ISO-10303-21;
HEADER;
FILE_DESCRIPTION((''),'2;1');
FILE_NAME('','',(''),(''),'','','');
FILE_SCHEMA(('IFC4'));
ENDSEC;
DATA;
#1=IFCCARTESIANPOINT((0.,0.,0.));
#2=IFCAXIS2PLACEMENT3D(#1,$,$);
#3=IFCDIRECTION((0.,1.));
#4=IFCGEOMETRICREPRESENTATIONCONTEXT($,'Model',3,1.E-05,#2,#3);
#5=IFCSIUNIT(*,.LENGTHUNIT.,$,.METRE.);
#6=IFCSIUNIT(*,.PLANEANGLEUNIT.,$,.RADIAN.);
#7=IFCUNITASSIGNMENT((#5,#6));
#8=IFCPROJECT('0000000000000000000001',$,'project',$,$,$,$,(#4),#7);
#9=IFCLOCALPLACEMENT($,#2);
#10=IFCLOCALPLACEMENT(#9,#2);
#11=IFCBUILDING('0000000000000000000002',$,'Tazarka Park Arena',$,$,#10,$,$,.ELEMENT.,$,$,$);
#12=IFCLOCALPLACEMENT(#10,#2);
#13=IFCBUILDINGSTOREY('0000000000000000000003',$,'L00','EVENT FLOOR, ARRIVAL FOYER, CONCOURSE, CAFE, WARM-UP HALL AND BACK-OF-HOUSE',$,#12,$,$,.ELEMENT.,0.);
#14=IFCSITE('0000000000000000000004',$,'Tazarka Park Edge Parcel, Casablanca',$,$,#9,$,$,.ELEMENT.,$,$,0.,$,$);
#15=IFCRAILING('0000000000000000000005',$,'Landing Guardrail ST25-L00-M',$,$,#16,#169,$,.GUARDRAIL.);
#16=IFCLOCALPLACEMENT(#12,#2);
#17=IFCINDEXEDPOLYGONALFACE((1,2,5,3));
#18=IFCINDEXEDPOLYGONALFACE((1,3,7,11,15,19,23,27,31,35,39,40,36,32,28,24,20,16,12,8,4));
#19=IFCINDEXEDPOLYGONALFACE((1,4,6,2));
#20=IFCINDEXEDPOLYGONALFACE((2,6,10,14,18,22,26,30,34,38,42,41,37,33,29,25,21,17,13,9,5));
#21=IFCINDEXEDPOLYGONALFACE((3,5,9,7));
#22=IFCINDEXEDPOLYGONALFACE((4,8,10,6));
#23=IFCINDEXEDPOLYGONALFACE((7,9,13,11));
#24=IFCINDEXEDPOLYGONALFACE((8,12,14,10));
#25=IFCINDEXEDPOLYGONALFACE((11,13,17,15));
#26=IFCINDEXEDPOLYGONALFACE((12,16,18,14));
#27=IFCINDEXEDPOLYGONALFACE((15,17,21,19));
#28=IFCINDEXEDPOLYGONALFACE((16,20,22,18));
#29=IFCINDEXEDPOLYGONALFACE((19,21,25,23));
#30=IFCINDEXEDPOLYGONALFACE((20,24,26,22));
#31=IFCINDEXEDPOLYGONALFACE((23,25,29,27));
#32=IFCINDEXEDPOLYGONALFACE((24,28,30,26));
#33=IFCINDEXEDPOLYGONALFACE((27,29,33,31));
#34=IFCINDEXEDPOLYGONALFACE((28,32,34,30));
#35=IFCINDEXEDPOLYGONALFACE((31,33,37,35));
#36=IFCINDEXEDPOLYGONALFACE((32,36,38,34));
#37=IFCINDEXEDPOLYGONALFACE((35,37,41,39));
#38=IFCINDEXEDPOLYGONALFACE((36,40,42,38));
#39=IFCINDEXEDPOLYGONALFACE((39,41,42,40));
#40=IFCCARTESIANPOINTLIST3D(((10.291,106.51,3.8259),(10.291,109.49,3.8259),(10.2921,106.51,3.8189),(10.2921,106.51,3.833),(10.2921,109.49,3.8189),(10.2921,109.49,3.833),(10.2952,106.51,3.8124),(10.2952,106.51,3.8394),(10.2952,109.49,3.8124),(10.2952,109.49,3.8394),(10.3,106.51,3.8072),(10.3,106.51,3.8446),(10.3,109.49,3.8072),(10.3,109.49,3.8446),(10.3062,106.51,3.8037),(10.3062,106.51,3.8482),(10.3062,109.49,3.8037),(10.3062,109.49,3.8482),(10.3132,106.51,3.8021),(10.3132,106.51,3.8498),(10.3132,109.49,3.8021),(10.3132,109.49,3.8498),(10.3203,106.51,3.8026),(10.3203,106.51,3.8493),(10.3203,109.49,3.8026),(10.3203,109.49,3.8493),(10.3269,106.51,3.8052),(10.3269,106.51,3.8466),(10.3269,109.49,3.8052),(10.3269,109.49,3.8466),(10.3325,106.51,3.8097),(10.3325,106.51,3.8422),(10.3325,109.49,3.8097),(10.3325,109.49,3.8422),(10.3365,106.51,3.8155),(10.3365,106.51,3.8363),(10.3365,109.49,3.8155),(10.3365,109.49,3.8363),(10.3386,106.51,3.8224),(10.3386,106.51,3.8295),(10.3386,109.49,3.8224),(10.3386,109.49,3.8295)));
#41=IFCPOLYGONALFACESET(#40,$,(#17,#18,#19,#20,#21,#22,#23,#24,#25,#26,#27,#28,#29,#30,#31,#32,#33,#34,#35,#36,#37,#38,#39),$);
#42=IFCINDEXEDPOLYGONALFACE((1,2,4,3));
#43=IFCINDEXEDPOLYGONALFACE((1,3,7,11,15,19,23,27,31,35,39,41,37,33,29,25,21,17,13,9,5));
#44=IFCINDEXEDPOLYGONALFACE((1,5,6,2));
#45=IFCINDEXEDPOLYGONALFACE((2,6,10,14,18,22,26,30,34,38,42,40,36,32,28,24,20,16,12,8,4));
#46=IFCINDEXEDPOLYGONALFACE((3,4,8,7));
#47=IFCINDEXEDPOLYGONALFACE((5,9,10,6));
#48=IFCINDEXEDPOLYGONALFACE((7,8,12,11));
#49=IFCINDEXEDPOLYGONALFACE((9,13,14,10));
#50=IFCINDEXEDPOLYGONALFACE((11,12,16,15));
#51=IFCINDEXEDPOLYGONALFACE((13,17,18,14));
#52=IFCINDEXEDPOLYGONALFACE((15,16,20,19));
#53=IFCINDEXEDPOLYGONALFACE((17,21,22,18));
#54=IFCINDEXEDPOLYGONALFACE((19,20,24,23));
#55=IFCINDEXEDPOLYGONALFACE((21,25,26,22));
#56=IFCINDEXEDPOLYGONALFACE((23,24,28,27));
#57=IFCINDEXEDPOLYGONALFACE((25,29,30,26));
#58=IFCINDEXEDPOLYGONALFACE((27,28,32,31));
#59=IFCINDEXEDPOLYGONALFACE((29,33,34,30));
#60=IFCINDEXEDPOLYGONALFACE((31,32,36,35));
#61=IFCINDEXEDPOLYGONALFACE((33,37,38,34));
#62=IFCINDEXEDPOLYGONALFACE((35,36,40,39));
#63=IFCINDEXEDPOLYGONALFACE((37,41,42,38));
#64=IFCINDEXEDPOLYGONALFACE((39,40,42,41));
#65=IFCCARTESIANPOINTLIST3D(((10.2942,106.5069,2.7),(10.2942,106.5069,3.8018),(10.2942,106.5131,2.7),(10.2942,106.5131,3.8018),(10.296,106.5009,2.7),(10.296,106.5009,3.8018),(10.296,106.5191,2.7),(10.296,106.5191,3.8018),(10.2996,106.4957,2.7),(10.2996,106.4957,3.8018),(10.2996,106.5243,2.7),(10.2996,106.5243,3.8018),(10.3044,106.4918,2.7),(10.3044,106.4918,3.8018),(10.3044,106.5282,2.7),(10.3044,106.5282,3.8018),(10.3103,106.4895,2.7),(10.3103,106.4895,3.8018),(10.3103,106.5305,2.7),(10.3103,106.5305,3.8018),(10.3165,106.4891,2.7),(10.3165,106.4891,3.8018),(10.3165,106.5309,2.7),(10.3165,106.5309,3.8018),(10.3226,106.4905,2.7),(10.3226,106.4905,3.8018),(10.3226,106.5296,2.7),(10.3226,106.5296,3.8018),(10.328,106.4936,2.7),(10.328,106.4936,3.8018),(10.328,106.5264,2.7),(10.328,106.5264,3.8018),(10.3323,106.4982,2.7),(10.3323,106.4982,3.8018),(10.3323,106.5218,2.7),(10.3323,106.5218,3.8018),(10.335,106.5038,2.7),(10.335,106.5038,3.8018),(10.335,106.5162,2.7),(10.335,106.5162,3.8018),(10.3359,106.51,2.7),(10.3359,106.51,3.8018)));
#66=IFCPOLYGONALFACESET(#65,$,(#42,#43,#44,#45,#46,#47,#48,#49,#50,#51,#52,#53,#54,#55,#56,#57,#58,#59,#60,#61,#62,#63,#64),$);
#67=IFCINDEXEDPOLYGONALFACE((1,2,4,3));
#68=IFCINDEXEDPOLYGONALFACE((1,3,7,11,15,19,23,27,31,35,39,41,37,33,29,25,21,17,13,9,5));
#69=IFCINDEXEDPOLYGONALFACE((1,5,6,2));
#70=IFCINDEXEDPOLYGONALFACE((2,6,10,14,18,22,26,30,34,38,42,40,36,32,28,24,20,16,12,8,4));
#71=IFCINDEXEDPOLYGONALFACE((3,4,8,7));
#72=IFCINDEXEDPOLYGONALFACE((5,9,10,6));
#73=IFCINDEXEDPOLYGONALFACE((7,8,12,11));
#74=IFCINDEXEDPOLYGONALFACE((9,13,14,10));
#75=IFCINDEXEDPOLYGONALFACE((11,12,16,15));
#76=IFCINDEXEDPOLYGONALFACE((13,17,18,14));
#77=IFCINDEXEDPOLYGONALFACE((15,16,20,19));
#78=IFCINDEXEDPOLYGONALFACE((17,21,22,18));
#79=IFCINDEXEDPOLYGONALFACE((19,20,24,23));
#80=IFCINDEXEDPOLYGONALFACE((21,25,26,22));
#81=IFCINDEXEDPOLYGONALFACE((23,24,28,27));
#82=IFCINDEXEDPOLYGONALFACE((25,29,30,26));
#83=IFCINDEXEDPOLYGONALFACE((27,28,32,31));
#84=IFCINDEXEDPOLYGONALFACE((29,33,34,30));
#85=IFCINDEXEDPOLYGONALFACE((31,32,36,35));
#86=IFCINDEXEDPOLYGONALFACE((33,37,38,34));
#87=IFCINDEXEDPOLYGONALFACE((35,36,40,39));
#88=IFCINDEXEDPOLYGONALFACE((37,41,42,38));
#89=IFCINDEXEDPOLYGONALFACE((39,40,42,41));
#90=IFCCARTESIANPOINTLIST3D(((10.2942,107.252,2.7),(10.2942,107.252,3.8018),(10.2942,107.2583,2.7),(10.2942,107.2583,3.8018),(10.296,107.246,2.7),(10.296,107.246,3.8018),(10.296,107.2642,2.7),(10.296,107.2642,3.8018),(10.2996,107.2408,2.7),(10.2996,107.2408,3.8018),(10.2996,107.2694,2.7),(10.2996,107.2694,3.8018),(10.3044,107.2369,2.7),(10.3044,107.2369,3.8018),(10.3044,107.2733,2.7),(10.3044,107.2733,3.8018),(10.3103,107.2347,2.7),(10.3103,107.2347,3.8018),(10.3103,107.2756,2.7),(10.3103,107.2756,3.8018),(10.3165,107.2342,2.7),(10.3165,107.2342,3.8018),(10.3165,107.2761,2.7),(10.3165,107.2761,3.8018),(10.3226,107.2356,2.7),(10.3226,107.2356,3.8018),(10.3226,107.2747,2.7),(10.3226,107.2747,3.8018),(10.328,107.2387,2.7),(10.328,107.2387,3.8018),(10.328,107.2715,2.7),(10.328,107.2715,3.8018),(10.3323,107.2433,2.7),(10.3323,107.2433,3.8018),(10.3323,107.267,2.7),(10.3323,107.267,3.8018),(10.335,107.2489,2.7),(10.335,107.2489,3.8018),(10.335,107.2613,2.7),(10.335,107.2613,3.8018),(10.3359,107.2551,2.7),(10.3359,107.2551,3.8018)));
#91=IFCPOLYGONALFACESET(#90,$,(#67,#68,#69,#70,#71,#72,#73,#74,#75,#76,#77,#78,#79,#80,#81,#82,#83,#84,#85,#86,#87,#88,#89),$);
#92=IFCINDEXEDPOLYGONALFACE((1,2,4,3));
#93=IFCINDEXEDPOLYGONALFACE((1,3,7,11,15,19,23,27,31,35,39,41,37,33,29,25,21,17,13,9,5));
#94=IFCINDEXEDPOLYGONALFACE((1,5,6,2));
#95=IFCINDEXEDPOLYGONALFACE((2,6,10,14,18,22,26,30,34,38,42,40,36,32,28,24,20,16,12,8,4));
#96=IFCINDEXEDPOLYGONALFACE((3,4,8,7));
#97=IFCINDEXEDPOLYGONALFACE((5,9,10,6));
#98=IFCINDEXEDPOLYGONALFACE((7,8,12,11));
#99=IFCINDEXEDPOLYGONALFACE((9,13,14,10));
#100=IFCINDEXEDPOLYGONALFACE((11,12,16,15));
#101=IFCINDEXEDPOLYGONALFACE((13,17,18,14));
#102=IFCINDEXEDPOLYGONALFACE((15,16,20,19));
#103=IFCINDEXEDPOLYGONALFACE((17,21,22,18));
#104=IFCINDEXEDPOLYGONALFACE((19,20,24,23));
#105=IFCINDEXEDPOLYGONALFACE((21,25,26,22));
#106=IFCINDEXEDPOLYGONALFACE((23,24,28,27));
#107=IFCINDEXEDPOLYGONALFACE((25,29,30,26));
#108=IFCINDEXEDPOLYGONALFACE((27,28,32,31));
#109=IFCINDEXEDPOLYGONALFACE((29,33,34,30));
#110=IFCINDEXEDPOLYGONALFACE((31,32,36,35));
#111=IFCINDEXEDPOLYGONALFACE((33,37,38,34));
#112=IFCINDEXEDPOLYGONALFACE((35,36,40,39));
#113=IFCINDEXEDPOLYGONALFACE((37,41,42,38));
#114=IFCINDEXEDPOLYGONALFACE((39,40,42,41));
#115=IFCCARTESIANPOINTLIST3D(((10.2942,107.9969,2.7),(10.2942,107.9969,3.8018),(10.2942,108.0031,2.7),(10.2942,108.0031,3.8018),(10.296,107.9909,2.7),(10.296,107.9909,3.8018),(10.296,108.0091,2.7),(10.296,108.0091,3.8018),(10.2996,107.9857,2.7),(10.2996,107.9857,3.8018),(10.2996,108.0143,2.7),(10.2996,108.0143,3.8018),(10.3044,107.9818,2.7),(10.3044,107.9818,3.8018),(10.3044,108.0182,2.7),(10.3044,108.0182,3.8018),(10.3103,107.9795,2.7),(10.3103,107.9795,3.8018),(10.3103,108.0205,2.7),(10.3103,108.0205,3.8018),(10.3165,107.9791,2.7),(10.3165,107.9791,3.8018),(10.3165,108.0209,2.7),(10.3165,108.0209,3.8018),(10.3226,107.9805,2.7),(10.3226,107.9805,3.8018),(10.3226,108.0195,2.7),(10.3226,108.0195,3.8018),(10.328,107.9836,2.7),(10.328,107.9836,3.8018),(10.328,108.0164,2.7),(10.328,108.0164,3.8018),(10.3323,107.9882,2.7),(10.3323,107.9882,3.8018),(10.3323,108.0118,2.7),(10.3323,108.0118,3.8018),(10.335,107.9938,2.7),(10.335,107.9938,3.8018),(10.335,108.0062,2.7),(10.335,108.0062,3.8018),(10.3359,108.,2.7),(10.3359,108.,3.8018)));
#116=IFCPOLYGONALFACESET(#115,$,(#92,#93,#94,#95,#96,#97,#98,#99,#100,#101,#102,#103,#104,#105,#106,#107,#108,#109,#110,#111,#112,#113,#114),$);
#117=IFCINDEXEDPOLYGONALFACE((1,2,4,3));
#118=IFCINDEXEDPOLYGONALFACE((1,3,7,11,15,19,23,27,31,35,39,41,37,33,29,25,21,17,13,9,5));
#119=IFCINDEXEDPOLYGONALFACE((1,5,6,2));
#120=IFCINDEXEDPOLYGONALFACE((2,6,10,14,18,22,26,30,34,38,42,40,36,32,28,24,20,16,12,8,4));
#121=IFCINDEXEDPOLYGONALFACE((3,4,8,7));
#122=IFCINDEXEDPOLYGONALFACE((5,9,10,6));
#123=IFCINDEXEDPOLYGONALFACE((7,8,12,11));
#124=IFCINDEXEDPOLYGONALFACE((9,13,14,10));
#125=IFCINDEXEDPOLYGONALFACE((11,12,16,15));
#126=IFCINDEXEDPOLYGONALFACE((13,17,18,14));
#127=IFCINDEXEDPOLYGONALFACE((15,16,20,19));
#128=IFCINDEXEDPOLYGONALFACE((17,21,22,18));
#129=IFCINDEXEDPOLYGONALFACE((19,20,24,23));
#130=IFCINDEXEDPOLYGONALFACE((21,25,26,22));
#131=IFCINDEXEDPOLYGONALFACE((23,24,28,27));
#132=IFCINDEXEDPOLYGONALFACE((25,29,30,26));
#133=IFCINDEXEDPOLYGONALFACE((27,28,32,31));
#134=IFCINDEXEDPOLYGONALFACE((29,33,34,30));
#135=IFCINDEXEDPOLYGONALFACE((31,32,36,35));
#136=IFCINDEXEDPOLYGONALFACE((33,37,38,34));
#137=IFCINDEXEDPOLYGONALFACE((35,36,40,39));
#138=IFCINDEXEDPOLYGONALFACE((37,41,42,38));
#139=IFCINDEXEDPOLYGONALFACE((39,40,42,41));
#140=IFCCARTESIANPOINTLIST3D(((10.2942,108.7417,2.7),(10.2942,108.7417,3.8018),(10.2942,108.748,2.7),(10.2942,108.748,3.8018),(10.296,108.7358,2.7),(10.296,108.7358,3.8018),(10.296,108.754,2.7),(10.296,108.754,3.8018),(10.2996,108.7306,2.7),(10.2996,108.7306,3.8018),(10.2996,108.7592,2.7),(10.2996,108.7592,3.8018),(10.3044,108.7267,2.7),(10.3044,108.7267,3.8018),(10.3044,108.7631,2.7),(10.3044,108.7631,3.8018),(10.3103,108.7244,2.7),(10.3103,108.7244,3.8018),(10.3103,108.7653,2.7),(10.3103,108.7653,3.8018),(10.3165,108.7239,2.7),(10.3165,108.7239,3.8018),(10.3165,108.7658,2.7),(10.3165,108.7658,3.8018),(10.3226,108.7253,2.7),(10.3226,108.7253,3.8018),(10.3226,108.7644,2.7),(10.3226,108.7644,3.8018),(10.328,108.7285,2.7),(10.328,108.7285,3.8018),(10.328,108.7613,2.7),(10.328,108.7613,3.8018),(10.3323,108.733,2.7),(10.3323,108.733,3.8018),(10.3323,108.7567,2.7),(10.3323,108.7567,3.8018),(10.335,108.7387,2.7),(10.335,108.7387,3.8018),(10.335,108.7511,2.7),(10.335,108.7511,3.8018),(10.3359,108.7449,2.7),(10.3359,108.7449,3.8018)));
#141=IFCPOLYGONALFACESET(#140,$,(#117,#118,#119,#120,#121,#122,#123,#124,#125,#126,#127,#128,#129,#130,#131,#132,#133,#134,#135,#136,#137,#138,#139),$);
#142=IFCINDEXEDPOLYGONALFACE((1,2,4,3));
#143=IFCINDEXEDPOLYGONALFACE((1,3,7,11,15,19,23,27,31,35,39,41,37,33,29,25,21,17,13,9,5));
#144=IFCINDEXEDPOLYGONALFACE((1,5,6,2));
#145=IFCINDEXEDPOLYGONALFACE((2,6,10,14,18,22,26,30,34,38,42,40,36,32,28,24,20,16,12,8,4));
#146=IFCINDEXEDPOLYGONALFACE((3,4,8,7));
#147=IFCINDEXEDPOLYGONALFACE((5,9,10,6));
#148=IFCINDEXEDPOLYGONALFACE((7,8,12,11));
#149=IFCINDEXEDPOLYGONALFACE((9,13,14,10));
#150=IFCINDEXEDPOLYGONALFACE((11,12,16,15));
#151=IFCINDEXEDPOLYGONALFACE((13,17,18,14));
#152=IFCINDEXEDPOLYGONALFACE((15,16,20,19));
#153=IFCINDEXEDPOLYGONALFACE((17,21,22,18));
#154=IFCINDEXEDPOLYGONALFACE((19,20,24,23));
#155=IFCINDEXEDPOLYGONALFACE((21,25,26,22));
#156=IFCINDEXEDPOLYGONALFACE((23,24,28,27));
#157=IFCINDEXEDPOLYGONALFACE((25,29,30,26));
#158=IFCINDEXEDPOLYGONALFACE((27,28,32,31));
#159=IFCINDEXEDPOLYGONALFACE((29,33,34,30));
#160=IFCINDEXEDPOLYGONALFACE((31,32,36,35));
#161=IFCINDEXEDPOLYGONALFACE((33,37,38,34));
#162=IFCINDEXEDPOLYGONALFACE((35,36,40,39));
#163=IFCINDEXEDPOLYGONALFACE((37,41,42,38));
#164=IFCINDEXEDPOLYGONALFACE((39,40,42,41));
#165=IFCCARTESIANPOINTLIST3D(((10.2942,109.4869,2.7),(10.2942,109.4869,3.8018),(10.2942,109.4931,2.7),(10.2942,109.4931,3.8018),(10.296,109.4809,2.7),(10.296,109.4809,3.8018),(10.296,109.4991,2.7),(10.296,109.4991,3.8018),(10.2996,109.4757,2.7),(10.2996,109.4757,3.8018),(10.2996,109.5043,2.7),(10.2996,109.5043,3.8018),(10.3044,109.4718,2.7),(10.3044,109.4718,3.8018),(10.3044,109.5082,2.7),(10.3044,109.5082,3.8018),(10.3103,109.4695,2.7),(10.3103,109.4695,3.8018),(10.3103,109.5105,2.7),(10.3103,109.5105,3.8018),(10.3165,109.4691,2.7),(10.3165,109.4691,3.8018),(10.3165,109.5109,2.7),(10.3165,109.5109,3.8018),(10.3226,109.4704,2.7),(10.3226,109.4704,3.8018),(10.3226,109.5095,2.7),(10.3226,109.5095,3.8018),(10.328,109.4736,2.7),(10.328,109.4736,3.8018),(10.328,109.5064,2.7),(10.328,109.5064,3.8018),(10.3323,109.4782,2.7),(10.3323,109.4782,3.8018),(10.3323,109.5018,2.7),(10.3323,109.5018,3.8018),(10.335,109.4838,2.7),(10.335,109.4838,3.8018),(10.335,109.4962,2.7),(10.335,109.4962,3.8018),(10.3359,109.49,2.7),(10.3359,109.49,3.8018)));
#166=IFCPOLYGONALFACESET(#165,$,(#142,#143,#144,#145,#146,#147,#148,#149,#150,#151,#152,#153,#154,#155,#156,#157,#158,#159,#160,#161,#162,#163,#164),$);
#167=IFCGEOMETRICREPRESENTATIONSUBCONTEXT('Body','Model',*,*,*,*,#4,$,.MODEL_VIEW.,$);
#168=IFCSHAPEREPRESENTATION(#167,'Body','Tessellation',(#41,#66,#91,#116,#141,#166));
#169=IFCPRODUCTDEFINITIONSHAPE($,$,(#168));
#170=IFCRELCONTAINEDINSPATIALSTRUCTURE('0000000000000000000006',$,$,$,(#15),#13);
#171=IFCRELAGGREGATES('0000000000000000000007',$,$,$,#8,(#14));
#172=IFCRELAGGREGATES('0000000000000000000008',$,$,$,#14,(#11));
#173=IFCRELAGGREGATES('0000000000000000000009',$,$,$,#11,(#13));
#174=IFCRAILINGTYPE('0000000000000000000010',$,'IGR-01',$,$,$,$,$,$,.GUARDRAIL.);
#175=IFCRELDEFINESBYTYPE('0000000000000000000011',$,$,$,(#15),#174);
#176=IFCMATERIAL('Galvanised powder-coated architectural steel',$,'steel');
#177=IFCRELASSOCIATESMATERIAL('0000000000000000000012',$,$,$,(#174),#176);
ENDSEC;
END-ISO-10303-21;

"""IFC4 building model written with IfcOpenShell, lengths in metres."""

from ifc_helpers import new_model, si_unit, direction, frame, origin, origin_2d, place, context, subcontext, project, spatial, circle, extrude, material, type_object, element, save


model = new_model("IFC4")

# Units and contexts
model_context = context("Model", 3, precision=1e-05, world=origin(), true_north=direction((0.0, 1.0)))
body_context = subcontext(model_context, "Body", "Model", "MODEL_VIEW")
ifc_project = project(units=[si_unit("LENGTHUNIT", "METRE"), si_unit("PLANEANGLEUNIT", "RADIAN")], contexts=[model_context])

# Site, building, storey
site_placement = place(None, origin())
site = spatial("IfcSite", under=ifc_project, at=site_placement, Name="Tazarka Park Edge Parcel, Casablanca", CompositionType="ELEMENT", RefElevation=0.0)
building_placement = place(site_placement, origin())
building = spatial("IfcBuilding", under=site, at=building_placement, Name="Tazarka Park Arena", CompositionType="ELEMENT")
storey_placement = place(building_placement, origin())
storey = spatial("IfcBuildingStorey", under=building, at=storey_placement, Name="L00", Description="EVENT FLOOR, ARRIVAL FOYER, CONCOURSE, CAFE, WARM-UP HALL AND BACK-OF-HOUSE", CompositionType="ELEMENT", Elevation=0.0)

# Railing
ifc_material_1 = material(Name="Galvanised powder-coated architectural steel", Category="steel")
railing_type_1 = type_object("IfcRailingType", Name="IGR-01", PredefinedType="GUARDRAIL", material=ifc_material_1)
for number, where, name in (
    (1, (10.3149, 106.51, 2.7), "Landing Guardrail ST25-L00-M"),
):
    element("IfcRailing", number, at=place(storey_placement, frame(where)), inside=storey, type_object=railing_type_1, Name=name, PredefinedType="GUARDRAIL", context=body_context, shape_type="SweptSolid", body=[
        extrude(circle(Radius=0.0239, at=origin_2d()), frame((0.0, 0.0, 1.126), z_axis=(0.0, 1.0, 0.0), x_axis=(-1.0, 0.0, 0.0)), (0.0, 0.0, 1.0), 2.98),
        extrude(circle(Radius=0.021, at=origin_2d()), origin(), (0.0, 0.0, 1.0), 1.1018),
        extrude(circle(Radius=0.021, at=origin_2d()), frame((0.0, 0.7451, 0.0)), (0.0, 0.0, 1.0), 1.1018),
        extrude(circle(Radius=0.021, at=origin_2d()), frame((0.0, 1.49, 0.0)), (0.0, 0.0, 1.0), 1.1018),
        extrude(circle(Radius=0.021, at=origin_2d()), frame((0.0, 2.2349, 0.0)), (0.0, 0.0, 1.0), 1.1018),
        extrude(circle(Radius=0.021, at=origin_2d()), frame((0.0, 2.98, 0.0)), (0.0, 0.0, 1.0), 1.1018),
    ])

save(model, "model.ifc")
